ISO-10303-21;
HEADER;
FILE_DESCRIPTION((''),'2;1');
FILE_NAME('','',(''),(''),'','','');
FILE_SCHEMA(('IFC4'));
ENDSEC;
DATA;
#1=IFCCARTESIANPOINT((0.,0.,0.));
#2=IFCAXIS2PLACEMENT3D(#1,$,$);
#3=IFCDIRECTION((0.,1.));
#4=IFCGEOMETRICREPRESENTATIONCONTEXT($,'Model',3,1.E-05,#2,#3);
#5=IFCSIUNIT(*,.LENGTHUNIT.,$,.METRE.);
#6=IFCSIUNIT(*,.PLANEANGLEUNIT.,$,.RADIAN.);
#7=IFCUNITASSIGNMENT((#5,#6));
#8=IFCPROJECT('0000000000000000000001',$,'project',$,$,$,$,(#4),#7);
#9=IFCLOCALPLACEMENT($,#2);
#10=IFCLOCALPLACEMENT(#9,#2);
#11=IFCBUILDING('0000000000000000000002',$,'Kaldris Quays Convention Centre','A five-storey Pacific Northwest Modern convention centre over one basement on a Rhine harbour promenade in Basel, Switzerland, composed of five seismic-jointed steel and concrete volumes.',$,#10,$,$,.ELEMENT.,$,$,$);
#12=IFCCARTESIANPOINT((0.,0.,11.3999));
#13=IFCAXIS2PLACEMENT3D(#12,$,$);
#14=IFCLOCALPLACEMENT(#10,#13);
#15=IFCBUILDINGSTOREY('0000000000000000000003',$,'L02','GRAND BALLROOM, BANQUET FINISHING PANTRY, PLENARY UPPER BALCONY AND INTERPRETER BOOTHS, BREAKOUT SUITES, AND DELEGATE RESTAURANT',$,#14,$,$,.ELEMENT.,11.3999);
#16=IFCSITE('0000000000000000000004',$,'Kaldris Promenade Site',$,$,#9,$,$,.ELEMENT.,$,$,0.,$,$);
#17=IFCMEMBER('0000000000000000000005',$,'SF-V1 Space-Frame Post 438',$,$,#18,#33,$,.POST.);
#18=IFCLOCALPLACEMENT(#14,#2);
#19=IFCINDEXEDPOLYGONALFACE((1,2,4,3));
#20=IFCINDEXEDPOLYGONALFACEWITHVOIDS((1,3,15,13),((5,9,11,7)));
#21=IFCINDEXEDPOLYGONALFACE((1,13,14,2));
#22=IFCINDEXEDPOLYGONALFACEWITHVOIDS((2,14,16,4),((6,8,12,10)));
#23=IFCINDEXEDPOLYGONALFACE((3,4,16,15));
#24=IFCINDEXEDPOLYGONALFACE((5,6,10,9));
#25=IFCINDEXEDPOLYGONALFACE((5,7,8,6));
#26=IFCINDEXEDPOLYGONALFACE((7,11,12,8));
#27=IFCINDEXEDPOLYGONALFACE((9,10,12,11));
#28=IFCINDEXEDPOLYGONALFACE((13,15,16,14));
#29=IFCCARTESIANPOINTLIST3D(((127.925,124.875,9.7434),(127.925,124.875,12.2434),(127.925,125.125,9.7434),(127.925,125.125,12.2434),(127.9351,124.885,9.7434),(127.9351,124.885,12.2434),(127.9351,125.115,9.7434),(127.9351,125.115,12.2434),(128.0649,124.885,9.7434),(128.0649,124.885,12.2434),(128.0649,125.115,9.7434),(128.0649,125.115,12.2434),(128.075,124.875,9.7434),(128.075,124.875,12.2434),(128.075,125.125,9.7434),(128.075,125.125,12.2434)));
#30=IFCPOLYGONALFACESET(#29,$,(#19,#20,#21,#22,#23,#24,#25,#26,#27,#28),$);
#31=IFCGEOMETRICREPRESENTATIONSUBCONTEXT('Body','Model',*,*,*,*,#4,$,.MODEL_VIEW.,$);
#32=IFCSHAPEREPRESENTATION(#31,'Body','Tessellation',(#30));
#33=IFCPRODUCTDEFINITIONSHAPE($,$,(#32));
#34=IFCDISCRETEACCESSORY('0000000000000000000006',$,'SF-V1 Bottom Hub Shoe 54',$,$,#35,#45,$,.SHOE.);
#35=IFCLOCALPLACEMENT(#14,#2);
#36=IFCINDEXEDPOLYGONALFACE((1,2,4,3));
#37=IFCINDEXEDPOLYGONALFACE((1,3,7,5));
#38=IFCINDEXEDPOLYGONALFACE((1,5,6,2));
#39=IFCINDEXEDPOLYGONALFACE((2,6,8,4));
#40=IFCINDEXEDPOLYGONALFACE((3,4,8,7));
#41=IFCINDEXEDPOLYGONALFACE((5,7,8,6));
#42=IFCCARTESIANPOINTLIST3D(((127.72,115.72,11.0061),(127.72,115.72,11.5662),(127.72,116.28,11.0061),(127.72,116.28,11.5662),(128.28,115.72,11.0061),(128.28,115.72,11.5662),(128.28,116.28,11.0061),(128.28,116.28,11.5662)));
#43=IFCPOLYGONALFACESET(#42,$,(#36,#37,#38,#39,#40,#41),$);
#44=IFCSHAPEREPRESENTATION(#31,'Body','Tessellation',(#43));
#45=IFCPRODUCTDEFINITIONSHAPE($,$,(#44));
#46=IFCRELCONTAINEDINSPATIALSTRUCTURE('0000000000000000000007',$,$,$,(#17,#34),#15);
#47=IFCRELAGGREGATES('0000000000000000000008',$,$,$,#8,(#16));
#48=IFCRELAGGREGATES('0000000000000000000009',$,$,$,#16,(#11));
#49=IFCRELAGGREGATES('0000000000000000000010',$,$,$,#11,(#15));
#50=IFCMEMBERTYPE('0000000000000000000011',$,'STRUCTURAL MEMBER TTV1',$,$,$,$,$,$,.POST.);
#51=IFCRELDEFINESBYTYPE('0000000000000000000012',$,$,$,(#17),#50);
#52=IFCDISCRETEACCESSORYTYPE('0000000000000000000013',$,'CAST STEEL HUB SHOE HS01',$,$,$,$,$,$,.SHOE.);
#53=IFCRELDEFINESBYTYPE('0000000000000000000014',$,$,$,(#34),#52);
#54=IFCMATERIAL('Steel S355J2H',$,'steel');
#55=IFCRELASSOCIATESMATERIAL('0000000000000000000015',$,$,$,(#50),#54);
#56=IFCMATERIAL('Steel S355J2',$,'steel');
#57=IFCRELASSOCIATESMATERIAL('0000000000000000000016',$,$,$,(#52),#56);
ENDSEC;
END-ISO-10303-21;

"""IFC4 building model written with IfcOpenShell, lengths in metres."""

from ifc_helpers import new_model, si_unit, direction, frame, origin, origin_2d, place, context, subcontext, project, spatial, rectangle, hollow_rectangle, extrude, material, material_profile, profile_set, type_object, element, save


model = new_model("IFC4")

# Units and contexts
model_context = context("Model", 3, precision=1e-05, world=origin(), true_north=direction((0.0, 1.0)))
body_context = subcontext(model_context, "Body", "Model", "MODEL_VIEW")
ifc_project = project(units=[si_unit("LENGTHUNIT", "METRE"), si_unit("PLANEANGLEUNIT", "RADIAN")], contexts=[model_context])

# Site, building, storey
site_placement = place(None, origin())
site = spatial("IfcSite", under=ifc_project, at=site_placement, Name="Kaldris Promenade Site", CompositionType="ELEMENT", RefElevation=0.0)
building_placement = place(site_placement, origin())
building = spatial("IfcBuilding", under=site, at=building_placement, Name="Kaldris Quays Convention Centre", Description="A five-storey Pacific Northwest Modern convention centre over one basement on a Rhine harbour promenade in Basel, Switzerland, composed of five seismic-jointed steel and concrete volumes.", CompositionType="ELEMENT")
storey_placement = place(building_placement, frame((0.0, 0.0, 11.3999)))
storey = spatial("IfcBuildingStorey", under=building, at=storey_placement, Name="L02", Description="GRAND BALLROOM, BANQUET FINISHING PANTRY, PLENARY UPPER BALCONY AND INTERPRETER BOOTHS, BREAKOUT SUITES, AND DELEGATE RESTAURANT", CompositionType="ELEMENT", Elevation=11.3999)

# Member
ifc_material_1 = material(Name="Steel S355J2H", Category="steel")
ifc_material_profile_1 = material_profile(ifc_material_1, hollow_rectangle(XDim=0.1499, YDim=0.25, WallThickness=0.01, at=origin_2d()), Name="RHS 250x150x10")
ifc_profile_set_1 = profile_set([ifc_material_profile_1], Name="Steel S355J2H")
member_type_1 = type_object("IfcMemberType", Name="STRUCTURAL MEMBER TTV1", PredefinedType="POST", material=ifc_profile_set_1)
for number, where, z_axis, x_axis, name in (
    (1, (128.0, 125.0, 9.7434), (0.0, 0.0, 1.0), (1.0, 0.0, 0.0), "SF-V1 Space-Frame Post 438"),
):
    element("IfcMember", number, at=place(storey_placement, frame(where, z_axis=z_axis, x_axis=x_axis)), inside=storey, type_object=member_type_1, Name=name, PredefinedType="POST", context=body_context, shape_type="SweptSolid", body=[
        extrude(hollow_rectangle(XDim=0.1499, YDim=0.25, WallThickness=0.01, at=origin_2d()), origin(), (0.0, 0.0, 1.0), 2.5),
    ])

# Discrete accessory
ifc_material_2 = material(Name="Steel S355J2", Category="steel")
discrete_accessory_type = type_object("IfcDiscreteAccessoryType", Name="CAST STEEL HUB SHOE HS01", PredefinedType="SHOE", material=ifc_material_2)
discrete_accessory_placement = place(storey_placement, frame((128.0, 116.0, 11.0061), z_axis=(0.0, 0.0, 1.0), x_axis=(1.0, 0.0, 0.0)))
element("IfcDiscreteAccessory", 2, at=discrete_accessory_placement, inside=storey, type_object=discrete_accessory_type, Name="SF-V1 Bottom Hub Shoe 54", PredefinedType="SHOE", context=body_context, shape_type="SweptSolid", body=[
    extrude(rectangle(XDim=0.5601, YDim=0.5601, at=origin_2d()), origin(), (0.0, 0.0, 1.0), 0.5601),
])

save(model, "model.ifc")
